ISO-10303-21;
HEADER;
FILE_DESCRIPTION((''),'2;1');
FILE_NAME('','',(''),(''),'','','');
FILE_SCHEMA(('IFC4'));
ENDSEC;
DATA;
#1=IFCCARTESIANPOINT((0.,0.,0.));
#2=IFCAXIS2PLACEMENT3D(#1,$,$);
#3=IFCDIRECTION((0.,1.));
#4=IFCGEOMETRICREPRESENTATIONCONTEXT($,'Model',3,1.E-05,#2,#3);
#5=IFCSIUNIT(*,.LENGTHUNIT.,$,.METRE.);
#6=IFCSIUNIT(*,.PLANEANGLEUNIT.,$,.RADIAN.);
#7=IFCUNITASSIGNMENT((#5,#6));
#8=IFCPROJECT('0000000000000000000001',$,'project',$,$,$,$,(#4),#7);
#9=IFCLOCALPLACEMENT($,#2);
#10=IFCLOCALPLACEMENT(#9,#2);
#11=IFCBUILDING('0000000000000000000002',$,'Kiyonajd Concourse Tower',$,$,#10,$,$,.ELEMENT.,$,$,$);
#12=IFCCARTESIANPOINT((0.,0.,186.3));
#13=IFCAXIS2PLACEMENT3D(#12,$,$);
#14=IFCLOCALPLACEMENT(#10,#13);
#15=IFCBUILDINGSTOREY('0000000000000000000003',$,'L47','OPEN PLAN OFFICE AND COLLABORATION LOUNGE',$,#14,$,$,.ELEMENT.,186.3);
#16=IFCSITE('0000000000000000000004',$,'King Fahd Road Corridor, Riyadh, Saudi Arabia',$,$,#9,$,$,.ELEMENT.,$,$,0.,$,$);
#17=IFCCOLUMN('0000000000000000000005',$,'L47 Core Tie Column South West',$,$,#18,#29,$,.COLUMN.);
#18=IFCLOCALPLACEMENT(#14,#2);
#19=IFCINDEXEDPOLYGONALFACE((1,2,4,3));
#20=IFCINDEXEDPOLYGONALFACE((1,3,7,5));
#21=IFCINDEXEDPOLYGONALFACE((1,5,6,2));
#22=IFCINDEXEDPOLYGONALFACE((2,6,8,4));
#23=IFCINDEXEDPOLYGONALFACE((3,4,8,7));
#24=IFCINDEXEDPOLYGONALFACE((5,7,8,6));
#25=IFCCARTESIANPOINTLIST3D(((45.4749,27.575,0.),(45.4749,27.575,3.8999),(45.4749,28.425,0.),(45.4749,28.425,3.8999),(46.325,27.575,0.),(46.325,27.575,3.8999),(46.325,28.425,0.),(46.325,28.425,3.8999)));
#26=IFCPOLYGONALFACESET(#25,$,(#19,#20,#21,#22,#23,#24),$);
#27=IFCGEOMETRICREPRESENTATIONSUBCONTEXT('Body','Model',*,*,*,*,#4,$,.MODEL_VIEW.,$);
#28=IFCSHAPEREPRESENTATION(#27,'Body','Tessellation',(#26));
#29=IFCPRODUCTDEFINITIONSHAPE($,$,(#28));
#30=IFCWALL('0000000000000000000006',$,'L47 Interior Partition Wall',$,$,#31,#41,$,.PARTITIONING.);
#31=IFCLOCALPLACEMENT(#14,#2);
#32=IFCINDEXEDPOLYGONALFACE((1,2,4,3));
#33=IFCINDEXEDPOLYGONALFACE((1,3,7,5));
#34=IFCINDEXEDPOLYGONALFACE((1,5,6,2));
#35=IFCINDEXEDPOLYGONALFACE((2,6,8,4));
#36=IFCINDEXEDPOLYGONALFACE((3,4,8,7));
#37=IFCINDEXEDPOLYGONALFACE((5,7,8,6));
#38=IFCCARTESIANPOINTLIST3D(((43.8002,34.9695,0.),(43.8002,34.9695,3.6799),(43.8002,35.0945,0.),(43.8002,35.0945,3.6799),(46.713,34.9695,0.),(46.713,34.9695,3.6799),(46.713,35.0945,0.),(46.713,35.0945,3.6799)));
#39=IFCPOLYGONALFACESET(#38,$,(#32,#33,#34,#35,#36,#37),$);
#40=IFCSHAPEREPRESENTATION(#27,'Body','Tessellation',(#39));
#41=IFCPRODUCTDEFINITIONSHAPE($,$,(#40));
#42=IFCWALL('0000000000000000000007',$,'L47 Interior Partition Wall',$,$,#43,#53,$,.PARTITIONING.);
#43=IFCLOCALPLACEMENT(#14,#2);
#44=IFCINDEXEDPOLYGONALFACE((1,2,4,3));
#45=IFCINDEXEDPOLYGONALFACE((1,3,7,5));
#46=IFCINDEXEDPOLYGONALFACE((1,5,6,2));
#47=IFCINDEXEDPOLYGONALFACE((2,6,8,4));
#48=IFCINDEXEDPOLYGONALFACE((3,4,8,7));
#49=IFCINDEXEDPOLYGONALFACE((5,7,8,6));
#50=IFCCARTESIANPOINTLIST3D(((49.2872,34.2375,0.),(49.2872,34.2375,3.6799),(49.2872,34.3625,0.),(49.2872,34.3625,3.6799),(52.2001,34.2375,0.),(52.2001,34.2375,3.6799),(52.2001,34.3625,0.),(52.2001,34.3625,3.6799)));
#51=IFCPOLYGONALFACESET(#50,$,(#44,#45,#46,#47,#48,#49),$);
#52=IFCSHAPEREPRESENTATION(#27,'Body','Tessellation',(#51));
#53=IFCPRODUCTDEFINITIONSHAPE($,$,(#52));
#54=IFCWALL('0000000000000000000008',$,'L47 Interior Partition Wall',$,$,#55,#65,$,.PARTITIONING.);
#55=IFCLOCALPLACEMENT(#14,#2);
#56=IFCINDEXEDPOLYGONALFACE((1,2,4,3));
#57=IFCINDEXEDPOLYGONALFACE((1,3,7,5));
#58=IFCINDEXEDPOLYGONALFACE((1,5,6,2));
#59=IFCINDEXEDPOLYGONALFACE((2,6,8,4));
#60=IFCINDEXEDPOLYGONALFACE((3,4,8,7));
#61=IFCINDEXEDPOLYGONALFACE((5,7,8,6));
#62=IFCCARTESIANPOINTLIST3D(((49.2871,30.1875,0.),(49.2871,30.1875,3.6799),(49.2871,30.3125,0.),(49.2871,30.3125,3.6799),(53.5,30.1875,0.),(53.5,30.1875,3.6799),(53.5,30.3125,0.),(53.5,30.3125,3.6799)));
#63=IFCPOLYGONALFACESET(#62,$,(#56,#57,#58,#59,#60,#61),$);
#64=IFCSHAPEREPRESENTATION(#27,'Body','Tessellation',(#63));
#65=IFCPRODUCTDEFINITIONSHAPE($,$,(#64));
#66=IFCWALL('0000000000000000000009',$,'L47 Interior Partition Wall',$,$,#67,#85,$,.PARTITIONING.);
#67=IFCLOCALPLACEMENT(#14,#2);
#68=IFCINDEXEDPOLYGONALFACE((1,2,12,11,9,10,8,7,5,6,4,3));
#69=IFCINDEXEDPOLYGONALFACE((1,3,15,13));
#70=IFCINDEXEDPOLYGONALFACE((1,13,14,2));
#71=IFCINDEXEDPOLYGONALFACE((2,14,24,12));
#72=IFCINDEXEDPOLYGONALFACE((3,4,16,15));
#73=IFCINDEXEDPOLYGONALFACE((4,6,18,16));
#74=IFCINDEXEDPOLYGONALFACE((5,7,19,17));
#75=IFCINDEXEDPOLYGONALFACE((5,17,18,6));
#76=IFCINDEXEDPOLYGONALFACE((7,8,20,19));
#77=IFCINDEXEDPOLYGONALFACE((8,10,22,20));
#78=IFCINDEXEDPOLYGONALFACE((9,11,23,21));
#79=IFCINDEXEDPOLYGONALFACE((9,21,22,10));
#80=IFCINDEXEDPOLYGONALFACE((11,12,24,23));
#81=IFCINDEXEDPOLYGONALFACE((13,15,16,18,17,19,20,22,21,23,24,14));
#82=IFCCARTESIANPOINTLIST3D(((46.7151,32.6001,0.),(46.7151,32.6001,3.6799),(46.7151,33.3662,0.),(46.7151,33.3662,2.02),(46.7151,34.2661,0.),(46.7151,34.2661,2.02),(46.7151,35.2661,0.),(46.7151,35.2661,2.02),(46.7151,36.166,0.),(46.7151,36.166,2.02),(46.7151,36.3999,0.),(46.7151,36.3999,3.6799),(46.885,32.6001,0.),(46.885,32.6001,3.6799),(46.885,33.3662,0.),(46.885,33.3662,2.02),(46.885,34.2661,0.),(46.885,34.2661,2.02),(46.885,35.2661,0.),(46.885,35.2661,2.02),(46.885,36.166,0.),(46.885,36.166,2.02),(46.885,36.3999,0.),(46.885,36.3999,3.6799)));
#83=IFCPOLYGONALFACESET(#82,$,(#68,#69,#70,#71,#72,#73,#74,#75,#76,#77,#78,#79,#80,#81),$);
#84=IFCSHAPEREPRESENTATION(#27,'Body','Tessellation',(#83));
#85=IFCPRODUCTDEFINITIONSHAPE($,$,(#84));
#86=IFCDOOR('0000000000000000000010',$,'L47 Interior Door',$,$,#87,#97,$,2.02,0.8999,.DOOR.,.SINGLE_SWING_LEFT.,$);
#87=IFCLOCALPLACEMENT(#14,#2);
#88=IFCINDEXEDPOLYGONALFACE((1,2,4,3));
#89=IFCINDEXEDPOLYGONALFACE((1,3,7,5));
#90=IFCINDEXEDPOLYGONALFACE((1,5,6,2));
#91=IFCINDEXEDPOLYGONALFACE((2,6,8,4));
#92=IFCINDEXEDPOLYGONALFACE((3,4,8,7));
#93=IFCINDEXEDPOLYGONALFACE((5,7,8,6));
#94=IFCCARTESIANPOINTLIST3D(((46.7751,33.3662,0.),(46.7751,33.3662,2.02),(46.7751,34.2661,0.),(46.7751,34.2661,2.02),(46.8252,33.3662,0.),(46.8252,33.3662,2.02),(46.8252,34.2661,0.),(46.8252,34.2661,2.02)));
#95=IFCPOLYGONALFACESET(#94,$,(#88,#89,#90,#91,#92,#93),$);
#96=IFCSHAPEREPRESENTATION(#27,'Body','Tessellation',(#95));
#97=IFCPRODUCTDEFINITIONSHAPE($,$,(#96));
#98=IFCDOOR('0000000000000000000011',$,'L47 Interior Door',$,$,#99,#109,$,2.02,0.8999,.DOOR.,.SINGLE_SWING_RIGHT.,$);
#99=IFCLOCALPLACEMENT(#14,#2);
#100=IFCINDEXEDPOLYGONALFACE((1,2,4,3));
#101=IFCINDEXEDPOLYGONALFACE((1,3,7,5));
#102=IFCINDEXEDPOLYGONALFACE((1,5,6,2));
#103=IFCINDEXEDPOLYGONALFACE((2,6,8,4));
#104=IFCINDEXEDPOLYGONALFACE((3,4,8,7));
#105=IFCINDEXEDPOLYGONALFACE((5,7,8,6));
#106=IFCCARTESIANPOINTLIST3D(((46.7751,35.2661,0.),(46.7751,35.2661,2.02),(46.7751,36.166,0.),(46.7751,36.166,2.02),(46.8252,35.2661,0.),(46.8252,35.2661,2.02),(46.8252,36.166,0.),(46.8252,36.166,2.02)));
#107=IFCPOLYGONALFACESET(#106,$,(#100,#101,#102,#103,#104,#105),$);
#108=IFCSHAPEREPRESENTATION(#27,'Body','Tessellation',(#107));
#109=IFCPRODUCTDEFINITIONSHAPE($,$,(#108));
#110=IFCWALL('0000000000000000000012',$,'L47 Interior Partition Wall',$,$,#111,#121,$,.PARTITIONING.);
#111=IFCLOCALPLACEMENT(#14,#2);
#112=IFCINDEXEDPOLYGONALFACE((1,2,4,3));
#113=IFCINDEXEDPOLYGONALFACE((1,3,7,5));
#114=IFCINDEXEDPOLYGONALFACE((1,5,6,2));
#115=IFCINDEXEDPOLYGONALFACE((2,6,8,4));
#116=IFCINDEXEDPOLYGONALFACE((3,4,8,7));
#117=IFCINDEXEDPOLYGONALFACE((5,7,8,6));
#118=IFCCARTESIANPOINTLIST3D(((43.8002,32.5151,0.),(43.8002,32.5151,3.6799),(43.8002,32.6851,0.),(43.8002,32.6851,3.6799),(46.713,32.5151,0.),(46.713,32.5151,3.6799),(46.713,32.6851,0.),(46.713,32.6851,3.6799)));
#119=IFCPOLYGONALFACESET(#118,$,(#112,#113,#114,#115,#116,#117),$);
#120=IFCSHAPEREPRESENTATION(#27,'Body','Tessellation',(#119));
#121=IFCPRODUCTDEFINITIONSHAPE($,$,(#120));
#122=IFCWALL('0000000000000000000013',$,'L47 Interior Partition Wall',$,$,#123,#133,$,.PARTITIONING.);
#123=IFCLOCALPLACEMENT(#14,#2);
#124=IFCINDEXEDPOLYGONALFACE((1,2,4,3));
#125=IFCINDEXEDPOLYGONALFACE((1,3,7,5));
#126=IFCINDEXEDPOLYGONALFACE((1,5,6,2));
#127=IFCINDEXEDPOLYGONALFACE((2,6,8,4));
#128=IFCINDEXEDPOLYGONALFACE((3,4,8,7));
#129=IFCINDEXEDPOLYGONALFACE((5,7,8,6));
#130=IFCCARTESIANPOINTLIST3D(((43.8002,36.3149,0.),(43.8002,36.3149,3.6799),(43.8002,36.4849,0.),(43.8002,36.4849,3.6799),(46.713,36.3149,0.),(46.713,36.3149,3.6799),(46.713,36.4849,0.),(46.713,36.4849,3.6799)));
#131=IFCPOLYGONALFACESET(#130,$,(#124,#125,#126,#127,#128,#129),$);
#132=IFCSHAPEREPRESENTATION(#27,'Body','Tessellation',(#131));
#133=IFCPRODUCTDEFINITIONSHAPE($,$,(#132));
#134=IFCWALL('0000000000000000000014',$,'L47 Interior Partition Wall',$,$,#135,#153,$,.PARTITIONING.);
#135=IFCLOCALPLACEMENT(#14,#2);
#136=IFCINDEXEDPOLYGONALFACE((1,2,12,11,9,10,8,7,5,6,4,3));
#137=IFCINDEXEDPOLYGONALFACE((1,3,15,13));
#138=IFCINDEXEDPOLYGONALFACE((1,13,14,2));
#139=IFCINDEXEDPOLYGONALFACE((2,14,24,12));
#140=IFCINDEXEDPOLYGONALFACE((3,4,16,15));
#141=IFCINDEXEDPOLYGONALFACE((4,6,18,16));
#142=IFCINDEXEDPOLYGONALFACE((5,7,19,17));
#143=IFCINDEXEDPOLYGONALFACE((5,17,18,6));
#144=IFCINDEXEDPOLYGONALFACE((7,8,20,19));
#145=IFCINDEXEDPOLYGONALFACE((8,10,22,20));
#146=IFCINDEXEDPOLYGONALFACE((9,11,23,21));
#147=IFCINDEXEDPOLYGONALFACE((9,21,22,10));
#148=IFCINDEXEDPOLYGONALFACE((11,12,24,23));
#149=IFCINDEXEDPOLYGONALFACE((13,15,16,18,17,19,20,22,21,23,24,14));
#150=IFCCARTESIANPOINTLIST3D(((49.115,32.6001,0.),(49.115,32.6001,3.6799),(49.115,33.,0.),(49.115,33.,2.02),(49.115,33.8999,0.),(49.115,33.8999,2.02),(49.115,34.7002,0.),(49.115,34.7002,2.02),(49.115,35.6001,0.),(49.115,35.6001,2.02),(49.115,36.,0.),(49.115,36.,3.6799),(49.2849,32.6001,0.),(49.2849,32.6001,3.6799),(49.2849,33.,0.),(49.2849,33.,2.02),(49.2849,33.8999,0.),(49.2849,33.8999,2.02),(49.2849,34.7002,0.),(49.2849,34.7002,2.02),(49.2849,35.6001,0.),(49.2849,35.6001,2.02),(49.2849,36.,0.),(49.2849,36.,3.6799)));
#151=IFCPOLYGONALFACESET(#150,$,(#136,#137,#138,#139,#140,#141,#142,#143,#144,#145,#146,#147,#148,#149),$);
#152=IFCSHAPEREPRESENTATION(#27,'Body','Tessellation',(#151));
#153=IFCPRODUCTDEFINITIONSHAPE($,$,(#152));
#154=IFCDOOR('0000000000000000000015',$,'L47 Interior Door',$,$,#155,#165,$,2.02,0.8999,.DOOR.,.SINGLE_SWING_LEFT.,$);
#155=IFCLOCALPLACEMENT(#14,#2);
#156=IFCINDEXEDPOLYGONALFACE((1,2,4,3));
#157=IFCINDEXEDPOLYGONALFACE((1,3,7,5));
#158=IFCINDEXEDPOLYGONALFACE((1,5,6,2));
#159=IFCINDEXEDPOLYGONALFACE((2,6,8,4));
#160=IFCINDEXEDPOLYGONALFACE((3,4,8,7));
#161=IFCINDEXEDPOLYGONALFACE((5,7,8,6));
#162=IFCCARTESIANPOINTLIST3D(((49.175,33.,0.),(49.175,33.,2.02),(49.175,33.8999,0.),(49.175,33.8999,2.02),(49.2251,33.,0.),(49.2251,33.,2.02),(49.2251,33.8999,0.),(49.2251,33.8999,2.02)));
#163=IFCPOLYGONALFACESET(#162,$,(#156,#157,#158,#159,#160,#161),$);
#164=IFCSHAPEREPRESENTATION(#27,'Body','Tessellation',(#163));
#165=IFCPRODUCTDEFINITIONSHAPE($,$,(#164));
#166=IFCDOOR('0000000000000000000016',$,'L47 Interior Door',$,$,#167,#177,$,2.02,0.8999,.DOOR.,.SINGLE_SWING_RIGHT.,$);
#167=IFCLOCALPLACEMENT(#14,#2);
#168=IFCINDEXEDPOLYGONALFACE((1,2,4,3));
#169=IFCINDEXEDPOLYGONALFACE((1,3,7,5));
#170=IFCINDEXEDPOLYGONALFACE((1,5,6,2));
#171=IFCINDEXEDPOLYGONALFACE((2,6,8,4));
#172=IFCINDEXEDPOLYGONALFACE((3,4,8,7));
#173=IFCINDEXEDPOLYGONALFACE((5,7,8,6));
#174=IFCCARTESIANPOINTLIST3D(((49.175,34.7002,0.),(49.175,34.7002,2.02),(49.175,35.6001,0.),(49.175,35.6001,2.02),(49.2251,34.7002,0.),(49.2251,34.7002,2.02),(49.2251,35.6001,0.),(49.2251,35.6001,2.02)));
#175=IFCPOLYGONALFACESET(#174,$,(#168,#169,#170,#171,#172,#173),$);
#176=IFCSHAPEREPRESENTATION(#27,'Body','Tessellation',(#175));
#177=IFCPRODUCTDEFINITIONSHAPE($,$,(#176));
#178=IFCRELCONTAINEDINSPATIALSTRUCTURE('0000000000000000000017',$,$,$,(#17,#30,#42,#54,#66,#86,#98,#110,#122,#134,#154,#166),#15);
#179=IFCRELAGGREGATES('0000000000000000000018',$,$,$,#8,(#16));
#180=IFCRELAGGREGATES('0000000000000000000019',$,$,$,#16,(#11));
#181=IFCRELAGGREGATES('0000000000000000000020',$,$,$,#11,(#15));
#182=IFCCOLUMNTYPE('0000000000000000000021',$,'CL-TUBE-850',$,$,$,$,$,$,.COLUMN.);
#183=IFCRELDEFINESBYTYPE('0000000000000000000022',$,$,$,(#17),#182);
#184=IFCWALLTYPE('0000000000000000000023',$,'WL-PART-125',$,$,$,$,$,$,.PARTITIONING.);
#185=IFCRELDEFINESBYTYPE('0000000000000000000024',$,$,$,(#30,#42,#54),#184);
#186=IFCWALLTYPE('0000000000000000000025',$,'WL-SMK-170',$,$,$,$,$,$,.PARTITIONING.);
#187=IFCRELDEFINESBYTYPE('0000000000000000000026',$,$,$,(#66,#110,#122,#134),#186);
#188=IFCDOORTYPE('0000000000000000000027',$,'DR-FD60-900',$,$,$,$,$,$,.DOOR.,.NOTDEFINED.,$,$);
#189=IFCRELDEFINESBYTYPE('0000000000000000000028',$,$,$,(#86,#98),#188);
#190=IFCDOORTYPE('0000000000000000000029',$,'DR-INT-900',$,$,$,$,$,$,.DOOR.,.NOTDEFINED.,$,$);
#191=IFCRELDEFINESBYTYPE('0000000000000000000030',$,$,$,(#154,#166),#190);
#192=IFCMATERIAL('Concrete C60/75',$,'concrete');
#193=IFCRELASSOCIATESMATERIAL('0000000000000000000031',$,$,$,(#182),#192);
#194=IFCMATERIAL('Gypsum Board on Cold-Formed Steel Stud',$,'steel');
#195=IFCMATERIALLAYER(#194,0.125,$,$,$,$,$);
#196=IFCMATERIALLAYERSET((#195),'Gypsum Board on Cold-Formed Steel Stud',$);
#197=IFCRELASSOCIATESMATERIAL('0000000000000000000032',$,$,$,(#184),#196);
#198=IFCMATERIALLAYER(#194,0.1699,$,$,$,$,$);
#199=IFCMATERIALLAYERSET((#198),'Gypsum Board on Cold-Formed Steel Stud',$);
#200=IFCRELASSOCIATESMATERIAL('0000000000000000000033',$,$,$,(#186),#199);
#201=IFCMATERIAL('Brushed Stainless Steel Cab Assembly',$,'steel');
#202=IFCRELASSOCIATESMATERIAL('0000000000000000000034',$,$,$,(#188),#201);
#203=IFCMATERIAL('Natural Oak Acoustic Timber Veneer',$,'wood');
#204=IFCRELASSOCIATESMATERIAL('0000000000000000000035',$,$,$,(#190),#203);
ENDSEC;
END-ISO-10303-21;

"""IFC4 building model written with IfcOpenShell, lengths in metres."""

from ifc_helpers import new_model, si_unit, direction, frame, frame_2d, origin, origin_2d, place, context, subcontext, project, spatial, rectangle, extrude, material, layer, layer_set, material_profile, profile_set, type_object, element, fill, save


model = new_model("IFC4")

# Units and contexts
model_context = context("Model", 3, precision=1e-05, world=origin(), true_north=direction((0.0, 1.0)))
body_context = subcontext(model_context, "Body", "Model", "MODEL_VIEW")
ifc_project = project(units=[si_unit("LENGTHUNIT", "METRE"), si_unit("PLANEANGLEUNIT", "RADIAN")], contexts=[model_context])

# Site, building, storey
site_placement = place(None, origin())
site = spatial("IfcSite", under=ifc_project, at=site_placement, Name="King Fahd Road Corridor, Riyadh, Saudi Arabia", CompositionType="ELEMENT", RefElevation=0.0)
building_placement = place(site_placement, origin())
building = spatial("IfcBuilding", under=site, at=building_placement, Name="Kiyonajd Concourse Tower", CompositionType="ELEMENT")
storey_placement = place(building_placement, frame((0.0, 0.0, 186.3)))
storey = spatial("IfcBuildingStorey", under=building, at=storey_placement, Name="L47", Description="OPEN PLAN OFFICE AND COLLABORATION LOUNGE", CompositionType="ELEMENT", Elevation=186.3)

# Column
ifc_material_1 = material(Name="Concrete C60/75", Category="concrete")
ifc_material_profile = material_profile(ifc_material_1, rectangle(XDim=0.8501, YDim=0.8501, at=origin_2d()), Name="RC-850x850")
ifc_profile_set = profile_set([ifc_material_profile], Name="Concrete C60/75")
column_type = type_object("IfcColumnType", Name="CL-TUBE-850", PredefinedType="COLUMN", material=ifc_profile_set)
column_placement = place(storey_placement, frame((45.8999, 28.0, 0.0), z_axis=(0.0, 0.0, 1.0), x_axis=(1.0, 0.0, 0.0)))
element("IfcColumn", 1, at=column_placement, inside=storey, type_object=column_type, Name="L47 Core Tie Column South West", PredefinedType="COLUMN", context=body_context, shape_type="SweptSolid", body=[
    extrude(rectangle(XDim=0.8501, YDim=0.8501, at=origin_2d()), origin(), (0.0, 0.0, 1.0), 3.8999),
])

# Walls
ifc_material_2 = material(Name="Gypsum Board on Cold-Formed Steel Stud", Category="steel")
ifc_layer_1 = layer(ifc_material_2, 0.125)
ifc_layer_set_1 = layer_set([ifc_layer_1], Name="Gypsum Board on Cold-Formed Steel Stud")
wall_type_1 = type_object("IfcWallType", Name="WL-PART-125", PredefinedType="PARTITIONING", material=ifc_layer_set_1)
for number, where, z_axis, x_axis, name in (
    (2, (43.8, 35.032, 0.0), (0.0, 0.0, 1.0), (1.0, 0.0, 0.0), "L47 Interior Partition Wall"),
    (3, (49.2871, 34.3, 0.0), (0.0, 0.0, 1.0), (1.0, 0.0, 0.0), "L47 Interior Partition Wall"),
):
    element("IfcWall", number, at=place(storey_placement, frame(where, z_axis=z_axis, x_axis=x_axis)), inside=storey, type_object=wall_type_1, Name=name, PredefinedType="PARTITIONING", context=body_context, shape_type="SweptSolid", body=[
        extrude(rectangle(XDim=2.9128, YDim=0.125, at=frame_2d((1.4565, 0.0))), origin(), (0.0, 0.0, 1.0), 3.6799),
    ])
wall_1_placement = place(storey_placement, frame((49.2871, 30.25, 0.0), z_axis=(0.0, 0.0, 1.0), x_axis=(1.0, 0.0, 0.0)))
element("IfcWall", 4, at=wall_1_placement, inside=storey, type_object=wall_type_1, Name="L47 Interior Partition Wall", PredefinedType="PARTITIONING", context=body_context, shape_type="SweptSolid", body=[
    extrude(rectangle(XDim=4.2129, YDim=0.125, at=frame_2d((2.1064, 0.0))), origin(), (0.0, 0.0, 1.0), 3.6799),
])

# Wall, openings, doors
ifc_layer_2 = layer(ifc_material_2, 0.1699)
ifc_layer_set_2 = layer_set([ifc_layer_2], Name="Gypsum Board on Cold-Formed Steel Stud")
wall_type_2 = type_object("IfcWallType", Name="WL-SMK-170", PredefinedType="PARTITIONING", material=ifc_layer_set_2)
wall_2_placement = place(storey_placement, frame((46.8, 32.6001, 0.0), z_axis=(0.0, 0.0, 1.0), x_axis=(0.0, 1.0, 0.0)))
wall_2 = element("IfcWall", 5, at=wall_2_placement, inside=storey, type_object=wall_type_2, Name="L47 Interior Partition Wall", PredefinedType="PARTITIONING", context=body_context, shape_type="SweptSolid", body=[
    extrude(rectangle(XDim=3.7998, YDim=0.1699, at=frame_2d((1.8999, 0.0))), origin(), (0.0, 0.0, 1.0), 3.6799),
])
opening_1_placement = place(wall_2_placement, frame((0.7661, 0.0, 0.0)))
opening_1 = element("IfcOpeningElement", 6, at=opening_1_placement, cuts=wall_2, PredefinedType="OPENING", context=body_context, shape_type="SweptSolid", body=[
    extrude(rectangle(XDim=0.8999, YDim=2.02, at=frame_2d((0.45, 1.01))), frame((0.0, 0.095, 0.0), z_axis=(0.0, -1.0, 0.0), x_axis=(1.0, 0.0, 0.0)), (0.0, 0.0, 1.0), 0.1899),
])
opening_2_placement = place(wall_2_placement, frame((2.666, 0.0, 0.0)))
opening_2 = element("IfcOpeningElement", 7, at=opening_2_placement, cuts=wall_2, PredefinedType="OPENING", context=body_context, shape_type="SweptSolid", body=[
    extrude(rectangle(XDim=0.8999, YDim=2.02, at=frame_2d((0.45, 1.01))), frame((0.0, 0.095, 0.0), z_axis=(0.0, -1.0, 0.0), x_axis=(1.0, 0.0, 0.0)), (0.0, 0.0, 1.0), 0.1899),
])
ifc_material_3 = material(Name="Brushed Stainless Steel Cab Assembly", Category="steel")
door_type_1 = type_object("IfcDoorType", Name="DR-FD60-900", OperationType="NOTDEFINED", PredefinedType="DOOR", material=ifc_material_3)
door_1_placement = place(opening_1_placement, origin())
door_1 = element("IfcDoor", 8, at=door_1_placement, inside=storey, type_object=door_type_1, Name="L47 Interior Door", OperationType="SINGLE_SWING_LEFT", OverallHeight=2.02, OverallWidth=0.8999, PredefinedType="DOOR", context=body_context, shape_type="SweptSolid", body=[
    extrude(rectangle(XDim=0.8999, YDim=2.02, at=frame_2d((0.45, 1.01))), frame((0.0, 0.0249, 0.0), z_axis=(0.0, -1.0, 0.0), x_axis=(1.0, 0.0, 0.0)), (0.0, 0.0, 1.0), 0.05),
])
fill(opening_1, door_1)
door_2_placement = place(opening_2_placement, origin())
door_2 = element("IfcDoor", 9, at=door_2_placement, inside=storey, type_object=door_type_1, Name="L47 Interior Door", OperationType="SINGLE_SWING_RIGHT", OverallHeight=2.02, OverallWidth=0.8999, PredefinedType="DOOR", context=body_context, shape_type="SweptSolid", body=[
    extrude(rectangle(XDim=0.8999, YDim=2.02, at=frame_2d((0.45, 1.01))), frame((0.0, 0.0249, 0.0), z_axis=(0.0, -1.0, 0.0), x_axis=(1.0, 0.0, 0.0)), (0.0, 0.0, 1.0), 0.05),
])
fill(opening_2, door_2)

# Walls
for number, where, z_axis, x_axis, name in (
    (10, (43.8, 32.6001, 0.0), (0.0, 0.0, 1.0), (1.0, 0.0, 0.0), "L47 Interior Partition Wall"),
    (11, (43.8, 36.3999, 0.0), (0.0, 0.0, 1.0), (1.0, 0.0, 0.0), "L47 Interior Partition Wall"),
):
    element("IfcWall", number, at=place(storey_placement, frame(where, z_axis=z_axis, x_axis=x_axis)), inside=storey, type_object=wall_type_2, Name=name, PredefinedType="PARTITIONING", context=body_context, shape_type="SweptSolid", body=[
        extrude(rectangle(XDim=2.9128, YDim=0.1699, at=frame_2d((1.4565, 0.0))), origin(), (0.0, 0.0, 1.0), 3.6799),
    ])

# Wall, openings, doors
wall_3_placement = place(storey_placement, frame((49.2, 32.6001, 0.0), z_axis=(0.0, 0.0, 1.0), x_axis=(0.0, 1.0, 0.0)))
wall_3 = element("IfcWall", 12, at=wall_3_placement, inside=storey, type_object=wall_type_2, Name="L47 Interior Partition Wall", PredefinedType="PARTITIONING", context=body_context, shape_type="SweptSolid", body=[
    extrude(rectangle(XDim=3.3999, YDim=0.1699, at=frame_2d((1.7, 0.0))), origin(), (0.0, 0.0, 1.0), 3.6799),
])
opening_3_placement = place(wall_3_placement, frame((0.3999, 0.0, 0.0)))
opening_3 = element("IfcOpeningElement", 13, at=opening_3_placement, cuts=wall_3, PredefinedType="OPENING", context=body_context, shape_type="SweptSolid", body=[
    extrude(rectangle(XDim=0.8999, YDim=2.02, at=frame_2d((0.45, 1.01))), frame((0.0, 0.095, 0.0), z_axis=(0.0, -1.0, 0.0), x_axis=(1.0, 0.0, 0.0)), (0.0, 0.0, 1.0), 0.1899),
])
opening_4_placement = place(wall_3_placement, frame((2.1001, 0.0, 0.0)))
opening_4 = element("IfcOpeningElement", 14, at=opening_4_placement, cuts=wall_3, PredefinedType="OPENING", context=body_context, shape_type="SweptSolid", body=[
    extrude(rectangle(XDim=0.8999, YDim=2.02, at=frame_2d((0.45, 1.01))), frame((0.0, 0.095, 0.0), z_axis=(0.0, -1.0, 0.0), x_axis=(1.0, 0.0, 0.0)), (0.0, 0.0, 1.0), 0.1899),
])
ifc_material_4 = material(Name="Natural Oak Acoustic Timber Veneer", Category="wood")
door_type_2 = type_object("IfcDoorType", Name="DR-INT-900", OperationType="NOTDEFINED", PredefinedType="DOOR", material=ifc_material_4)
door_3_placement = place(opening_3_placement, origin())
door_3 = element("IfcDoor", 15, at=door_3_placement, inside=storey, type_object=door_type_2, Name="L47 Interior Door", OperationType="SINGLE_SWING_LEFT", OverallHeight=2.02, OverallWidth=0.8999, PredefinedType="DOOR", context=body_context, shape_type="SweptSolid", body=[
    extrude(rectangle(XDim=0.8999, YDim=2.02, at=frame_2d((0.45, 1.01))), frame((0.0, 0.0249, 0.0), z_axis=(0.0, -1.0, 0.0), x_axis=(1.0, 0.0, 0.0)), (0.0, 0.0, 1.0), 0.05),
])
fill(opening_3, door_3)
door_4_placement = place(opening_4_placement, origin())
door_4 = element("IfcDoor", 16, at=door_4_placement, inside=storey, type_object=door_type_2, Name="L47 Interior Door", OperationType="SINGLE_SWING_RIGHT", OverallHeight=2.02, OverallWidth=0.8999, PredefinedType="DOOR", context=body_context, shape_type="SweptSolid", body=[
    extrude(rectangle(XDim=0.8999, YDim=2.02, at=frame_2d((0.45, 1.01))), frame((0.0, 0.0249, 0.0), z_axis=(0.0, -1.0, 0.0), x_axis=(1.0, 0.0, 0.0)), (0.0, 0.0, 1.0), 0.05),
])
fill(opening_4, door_4)

save(model, "model.ifc")
